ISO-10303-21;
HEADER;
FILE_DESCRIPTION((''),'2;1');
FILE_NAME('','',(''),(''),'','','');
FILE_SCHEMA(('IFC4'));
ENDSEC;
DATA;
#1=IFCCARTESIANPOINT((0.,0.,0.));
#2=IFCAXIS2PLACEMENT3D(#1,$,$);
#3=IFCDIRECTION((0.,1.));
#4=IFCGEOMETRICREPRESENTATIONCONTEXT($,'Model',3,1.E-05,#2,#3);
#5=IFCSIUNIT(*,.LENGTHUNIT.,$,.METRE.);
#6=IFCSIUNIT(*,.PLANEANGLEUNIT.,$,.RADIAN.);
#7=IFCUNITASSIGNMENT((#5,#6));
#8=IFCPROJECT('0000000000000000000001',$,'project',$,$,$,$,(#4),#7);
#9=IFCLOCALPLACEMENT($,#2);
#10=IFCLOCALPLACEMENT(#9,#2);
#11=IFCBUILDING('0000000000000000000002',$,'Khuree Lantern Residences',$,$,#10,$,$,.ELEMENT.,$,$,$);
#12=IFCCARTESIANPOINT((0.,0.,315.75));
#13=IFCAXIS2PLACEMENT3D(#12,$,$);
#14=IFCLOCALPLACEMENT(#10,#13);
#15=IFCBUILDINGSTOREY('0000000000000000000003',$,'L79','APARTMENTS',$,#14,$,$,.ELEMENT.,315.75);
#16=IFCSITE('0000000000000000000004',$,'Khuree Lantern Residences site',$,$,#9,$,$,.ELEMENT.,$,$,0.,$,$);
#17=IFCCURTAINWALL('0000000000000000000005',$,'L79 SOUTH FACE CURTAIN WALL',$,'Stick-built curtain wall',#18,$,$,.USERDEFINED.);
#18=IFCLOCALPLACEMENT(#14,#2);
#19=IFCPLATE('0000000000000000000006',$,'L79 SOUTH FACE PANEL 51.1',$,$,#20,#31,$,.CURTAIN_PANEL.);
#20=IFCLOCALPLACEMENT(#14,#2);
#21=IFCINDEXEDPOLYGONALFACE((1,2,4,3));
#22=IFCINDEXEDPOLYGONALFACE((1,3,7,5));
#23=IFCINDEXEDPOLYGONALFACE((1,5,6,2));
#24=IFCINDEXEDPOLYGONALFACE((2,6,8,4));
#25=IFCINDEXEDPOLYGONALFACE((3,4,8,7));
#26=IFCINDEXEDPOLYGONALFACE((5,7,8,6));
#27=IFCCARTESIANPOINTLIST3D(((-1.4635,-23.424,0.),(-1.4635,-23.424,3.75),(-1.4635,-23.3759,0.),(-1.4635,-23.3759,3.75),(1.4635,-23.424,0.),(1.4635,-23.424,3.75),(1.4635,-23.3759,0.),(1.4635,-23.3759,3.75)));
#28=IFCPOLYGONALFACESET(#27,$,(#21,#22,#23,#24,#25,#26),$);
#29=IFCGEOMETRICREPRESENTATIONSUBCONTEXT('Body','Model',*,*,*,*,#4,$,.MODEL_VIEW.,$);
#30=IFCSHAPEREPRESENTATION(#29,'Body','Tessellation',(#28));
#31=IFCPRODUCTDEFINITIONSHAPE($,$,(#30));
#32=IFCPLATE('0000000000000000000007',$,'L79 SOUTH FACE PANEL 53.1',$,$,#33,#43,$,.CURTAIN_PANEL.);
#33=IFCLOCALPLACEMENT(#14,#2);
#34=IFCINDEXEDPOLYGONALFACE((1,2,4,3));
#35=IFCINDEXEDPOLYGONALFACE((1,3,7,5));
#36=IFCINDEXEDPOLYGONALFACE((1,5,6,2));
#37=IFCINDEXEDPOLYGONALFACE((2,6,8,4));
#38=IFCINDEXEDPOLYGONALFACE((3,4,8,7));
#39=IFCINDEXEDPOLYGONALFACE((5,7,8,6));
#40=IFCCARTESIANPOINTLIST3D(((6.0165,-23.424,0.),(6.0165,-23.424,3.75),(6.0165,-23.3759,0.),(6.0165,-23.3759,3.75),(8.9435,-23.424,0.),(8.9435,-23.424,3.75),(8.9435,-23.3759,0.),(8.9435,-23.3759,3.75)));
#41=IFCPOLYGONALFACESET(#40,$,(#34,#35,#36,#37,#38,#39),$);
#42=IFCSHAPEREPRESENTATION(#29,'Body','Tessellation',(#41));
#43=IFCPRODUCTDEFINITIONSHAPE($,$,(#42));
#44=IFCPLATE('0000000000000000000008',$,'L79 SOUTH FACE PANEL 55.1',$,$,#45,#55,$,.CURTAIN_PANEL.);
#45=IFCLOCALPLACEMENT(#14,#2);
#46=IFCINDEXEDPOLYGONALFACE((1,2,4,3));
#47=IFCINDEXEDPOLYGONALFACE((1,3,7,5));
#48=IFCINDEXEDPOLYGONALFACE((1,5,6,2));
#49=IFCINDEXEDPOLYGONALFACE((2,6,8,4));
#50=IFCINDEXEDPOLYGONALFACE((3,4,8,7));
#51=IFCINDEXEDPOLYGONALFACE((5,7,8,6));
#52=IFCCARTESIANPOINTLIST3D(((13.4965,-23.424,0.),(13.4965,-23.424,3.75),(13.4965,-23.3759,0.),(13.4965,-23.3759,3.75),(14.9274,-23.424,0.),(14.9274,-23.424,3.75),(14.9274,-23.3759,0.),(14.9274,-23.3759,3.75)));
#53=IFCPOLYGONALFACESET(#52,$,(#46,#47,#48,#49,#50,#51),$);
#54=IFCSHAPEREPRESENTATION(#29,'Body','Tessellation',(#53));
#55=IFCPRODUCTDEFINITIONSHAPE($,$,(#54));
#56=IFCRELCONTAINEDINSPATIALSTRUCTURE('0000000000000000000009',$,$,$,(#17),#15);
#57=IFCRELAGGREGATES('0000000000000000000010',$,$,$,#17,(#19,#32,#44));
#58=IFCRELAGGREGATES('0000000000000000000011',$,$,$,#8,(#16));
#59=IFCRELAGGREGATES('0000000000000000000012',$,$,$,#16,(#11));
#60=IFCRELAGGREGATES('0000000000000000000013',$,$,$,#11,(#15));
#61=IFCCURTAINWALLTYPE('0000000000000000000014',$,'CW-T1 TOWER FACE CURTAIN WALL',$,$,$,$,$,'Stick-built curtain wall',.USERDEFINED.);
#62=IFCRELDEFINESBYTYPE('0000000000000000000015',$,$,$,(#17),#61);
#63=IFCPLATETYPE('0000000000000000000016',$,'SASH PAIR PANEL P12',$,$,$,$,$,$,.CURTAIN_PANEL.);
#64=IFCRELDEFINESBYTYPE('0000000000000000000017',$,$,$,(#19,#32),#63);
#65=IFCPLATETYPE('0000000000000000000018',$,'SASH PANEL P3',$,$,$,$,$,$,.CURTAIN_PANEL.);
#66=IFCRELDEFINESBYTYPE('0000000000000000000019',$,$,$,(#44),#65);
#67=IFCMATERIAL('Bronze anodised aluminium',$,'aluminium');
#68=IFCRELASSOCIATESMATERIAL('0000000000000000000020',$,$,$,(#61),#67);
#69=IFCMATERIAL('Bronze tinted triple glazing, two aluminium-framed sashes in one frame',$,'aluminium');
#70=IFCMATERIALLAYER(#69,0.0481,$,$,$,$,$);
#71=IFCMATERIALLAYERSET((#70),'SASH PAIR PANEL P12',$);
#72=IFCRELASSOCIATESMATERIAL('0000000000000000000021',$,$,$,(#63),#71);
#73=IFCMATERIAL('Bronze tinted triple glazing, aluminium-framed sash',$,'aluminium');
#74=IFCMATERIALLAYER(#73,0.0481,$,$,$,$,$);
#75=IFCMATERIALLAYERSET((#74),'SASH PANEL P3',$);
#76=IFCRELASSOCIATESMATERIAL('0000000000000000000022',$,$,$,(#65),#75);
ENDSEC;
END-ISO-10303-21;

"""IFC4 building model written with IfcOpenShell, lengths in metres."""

from ifc_helpers import new_model, si_unit, direction, frame, origin, origin_2d, place, context, subcontext, project, spatial, rectangle, extrude, material, layer, layer_set, type_object, element, aggregate, save


model = new_model("IFC4")

# Units and contexts
model_context = context("Model", 3, precision=1e-05, world=origin(), true_north=direction((0.0, 1.0)))
body_context = subcontext(model_context, "Body", "Model", "MODEL_VIEW")
ifc_project = project(units=[si_unit("LENGTHUNIT", "METRE"), si_unit("PLANEANGLEUNIT", "RADIAN")], contexts=[model_context])

# Site, building, storey
site_placement = place(None, origin())
site = spatial("IfcSite", under=ifc_project, at=site_placement, Name="Khuree Lantern Residences site", CompositionType="ELEMENT", RefElevation=0.0)
building_placement = place(site_placement, origin())
building = spatial("IfcBuilding", under=site, at=building_placement, Name="Khuree Lantern Residences", CompositionType="ELEMENT")
storey_placement = place(building_placement, frame((0.0, 0.0, 315.75)))
storey = spatial("IfcBuildingStorey", under=building, at=storey_placement, Name="L79", Description="APARTMENTS", CompositionType="ELEMENT", Elevation=315.75)

# Curtain wall
ifc_material_1 = material(Name="Bronze anodised aluminium", Category="aluminium")
curtain_wall_type = type_object("IfcCurtainWallType", Name="CW-T1 TOWER FACE CURTAIN WALL", ElementType="Stick-built curtain wall", PredefinedType="USERDEFINED", material=ifc_material_1)
curtain_wall_placement = place(storey_placement, origin())
curtain_wall = element("IfcCurtainWall", 1, at=curtain_wall_placement, inside=storey, type_object=curtain_wall_type, Name="L79 SOUTH FACE CURTAIN WALL", ObjectType="Stick-built curtain wall", PredefinedType="USERDEFINED")

# Plates
ifc_material_2 = material(Name="Bronze tinted triple glazing, two aluminium-framed sashes in one frame", Category="aluminium")
ifc_layer_1 = layer(ifc_material_2, 0.0481)
ifc_layer_set_1 = layer_set([ifc_layer_1], Name="SASH PAIR PANEL P12")
plate_type_1 = type_object("IfcPlateType", Name="SASH PAIR PANEL P12", PredefinedType="CURTAIN_PANEL", material=ifc_layer_set_1)
plate_1_placement = place(storey_placement, frame((0.0, -23.3999, 0.0), z_axis=(0.0, 0.0, 1.0), x_axis=(1.0, 0.0, 0.0)))
plate_1 = element("IfcPlate", 2, at=plate_1_placement, type_object=plate_type_1, Name="L79 SOUTH FACE PANEL 51.1", PredefinedType="CURTAIN_PANEL", context=body_context, shape_type="SweptSolid", body=[
    extrude(rectangle(XDim=2.927, YDim=0.0481, at=origin_2d()), origin(), (0.0, 0.0, 1.0), 3.75),
])
plate_2_placement = place(storey_placement, frame((7.48, -23.3999, 0.0), z_axis=(0.0, 0.0, 1.0), x_axis=(1.0, 0.0, 0.0)))
plate_2 = element("IfcPlate", 3, at=plate_2_placement, type_object=plate_type_1, Name="L79 SOUTH FACE PANEL 53.1", PredefinedType="CURTAIN_PANEL", context=body_context, shape_type="SweptSolid", body=[
    extrude(rectangle(XDim=2.927, YDim=0.0481, at=origin_2d()), origin(), (0.0, 0.0, 1.0), 3.75),
])
ifc_material_3 = material(Name="Bronze tinted triple glazing, aluminium-framed sash", Category="aluminium")
ifc_layer_2 = layer(ifc_material_3, 0.0481)
ifc_layer_set_2 = layer_set([ifc_layer_2], Name="SASH PANEL P3")
plate_type_2 = type_object("IfcPlateType", Name="SASH PANEL P3", PredefinedType="CURTAIN_PANEL", material=ifc_layer_set_2)
plate_3_placement = place(storey_placement, frame((14.2119, -23.3999, 0.0), z_axis=(0.0, 0.0, 1.0), x_axis=(1.0, 0.0, 0.0)))
plate_3 = element("IfcPlate", 4, at=plate_3_placement, type_object=plate_type_2, Name="L79 SOUTH FACE PANEL 55.1", PredefinedType="CURTAIN_PANEL", context=body_context, shape_type="SweptSolid", body=[
    extrude(rectangle(XDim=1.4309, YDim=0.0481, at=origin_2d()), origin(), (0.0, 0.0, 1.0), 3.75),
])
aggregate(curtain_wall, [plate_1, plate_2, plate_3])

save(model, "model.ifc")
